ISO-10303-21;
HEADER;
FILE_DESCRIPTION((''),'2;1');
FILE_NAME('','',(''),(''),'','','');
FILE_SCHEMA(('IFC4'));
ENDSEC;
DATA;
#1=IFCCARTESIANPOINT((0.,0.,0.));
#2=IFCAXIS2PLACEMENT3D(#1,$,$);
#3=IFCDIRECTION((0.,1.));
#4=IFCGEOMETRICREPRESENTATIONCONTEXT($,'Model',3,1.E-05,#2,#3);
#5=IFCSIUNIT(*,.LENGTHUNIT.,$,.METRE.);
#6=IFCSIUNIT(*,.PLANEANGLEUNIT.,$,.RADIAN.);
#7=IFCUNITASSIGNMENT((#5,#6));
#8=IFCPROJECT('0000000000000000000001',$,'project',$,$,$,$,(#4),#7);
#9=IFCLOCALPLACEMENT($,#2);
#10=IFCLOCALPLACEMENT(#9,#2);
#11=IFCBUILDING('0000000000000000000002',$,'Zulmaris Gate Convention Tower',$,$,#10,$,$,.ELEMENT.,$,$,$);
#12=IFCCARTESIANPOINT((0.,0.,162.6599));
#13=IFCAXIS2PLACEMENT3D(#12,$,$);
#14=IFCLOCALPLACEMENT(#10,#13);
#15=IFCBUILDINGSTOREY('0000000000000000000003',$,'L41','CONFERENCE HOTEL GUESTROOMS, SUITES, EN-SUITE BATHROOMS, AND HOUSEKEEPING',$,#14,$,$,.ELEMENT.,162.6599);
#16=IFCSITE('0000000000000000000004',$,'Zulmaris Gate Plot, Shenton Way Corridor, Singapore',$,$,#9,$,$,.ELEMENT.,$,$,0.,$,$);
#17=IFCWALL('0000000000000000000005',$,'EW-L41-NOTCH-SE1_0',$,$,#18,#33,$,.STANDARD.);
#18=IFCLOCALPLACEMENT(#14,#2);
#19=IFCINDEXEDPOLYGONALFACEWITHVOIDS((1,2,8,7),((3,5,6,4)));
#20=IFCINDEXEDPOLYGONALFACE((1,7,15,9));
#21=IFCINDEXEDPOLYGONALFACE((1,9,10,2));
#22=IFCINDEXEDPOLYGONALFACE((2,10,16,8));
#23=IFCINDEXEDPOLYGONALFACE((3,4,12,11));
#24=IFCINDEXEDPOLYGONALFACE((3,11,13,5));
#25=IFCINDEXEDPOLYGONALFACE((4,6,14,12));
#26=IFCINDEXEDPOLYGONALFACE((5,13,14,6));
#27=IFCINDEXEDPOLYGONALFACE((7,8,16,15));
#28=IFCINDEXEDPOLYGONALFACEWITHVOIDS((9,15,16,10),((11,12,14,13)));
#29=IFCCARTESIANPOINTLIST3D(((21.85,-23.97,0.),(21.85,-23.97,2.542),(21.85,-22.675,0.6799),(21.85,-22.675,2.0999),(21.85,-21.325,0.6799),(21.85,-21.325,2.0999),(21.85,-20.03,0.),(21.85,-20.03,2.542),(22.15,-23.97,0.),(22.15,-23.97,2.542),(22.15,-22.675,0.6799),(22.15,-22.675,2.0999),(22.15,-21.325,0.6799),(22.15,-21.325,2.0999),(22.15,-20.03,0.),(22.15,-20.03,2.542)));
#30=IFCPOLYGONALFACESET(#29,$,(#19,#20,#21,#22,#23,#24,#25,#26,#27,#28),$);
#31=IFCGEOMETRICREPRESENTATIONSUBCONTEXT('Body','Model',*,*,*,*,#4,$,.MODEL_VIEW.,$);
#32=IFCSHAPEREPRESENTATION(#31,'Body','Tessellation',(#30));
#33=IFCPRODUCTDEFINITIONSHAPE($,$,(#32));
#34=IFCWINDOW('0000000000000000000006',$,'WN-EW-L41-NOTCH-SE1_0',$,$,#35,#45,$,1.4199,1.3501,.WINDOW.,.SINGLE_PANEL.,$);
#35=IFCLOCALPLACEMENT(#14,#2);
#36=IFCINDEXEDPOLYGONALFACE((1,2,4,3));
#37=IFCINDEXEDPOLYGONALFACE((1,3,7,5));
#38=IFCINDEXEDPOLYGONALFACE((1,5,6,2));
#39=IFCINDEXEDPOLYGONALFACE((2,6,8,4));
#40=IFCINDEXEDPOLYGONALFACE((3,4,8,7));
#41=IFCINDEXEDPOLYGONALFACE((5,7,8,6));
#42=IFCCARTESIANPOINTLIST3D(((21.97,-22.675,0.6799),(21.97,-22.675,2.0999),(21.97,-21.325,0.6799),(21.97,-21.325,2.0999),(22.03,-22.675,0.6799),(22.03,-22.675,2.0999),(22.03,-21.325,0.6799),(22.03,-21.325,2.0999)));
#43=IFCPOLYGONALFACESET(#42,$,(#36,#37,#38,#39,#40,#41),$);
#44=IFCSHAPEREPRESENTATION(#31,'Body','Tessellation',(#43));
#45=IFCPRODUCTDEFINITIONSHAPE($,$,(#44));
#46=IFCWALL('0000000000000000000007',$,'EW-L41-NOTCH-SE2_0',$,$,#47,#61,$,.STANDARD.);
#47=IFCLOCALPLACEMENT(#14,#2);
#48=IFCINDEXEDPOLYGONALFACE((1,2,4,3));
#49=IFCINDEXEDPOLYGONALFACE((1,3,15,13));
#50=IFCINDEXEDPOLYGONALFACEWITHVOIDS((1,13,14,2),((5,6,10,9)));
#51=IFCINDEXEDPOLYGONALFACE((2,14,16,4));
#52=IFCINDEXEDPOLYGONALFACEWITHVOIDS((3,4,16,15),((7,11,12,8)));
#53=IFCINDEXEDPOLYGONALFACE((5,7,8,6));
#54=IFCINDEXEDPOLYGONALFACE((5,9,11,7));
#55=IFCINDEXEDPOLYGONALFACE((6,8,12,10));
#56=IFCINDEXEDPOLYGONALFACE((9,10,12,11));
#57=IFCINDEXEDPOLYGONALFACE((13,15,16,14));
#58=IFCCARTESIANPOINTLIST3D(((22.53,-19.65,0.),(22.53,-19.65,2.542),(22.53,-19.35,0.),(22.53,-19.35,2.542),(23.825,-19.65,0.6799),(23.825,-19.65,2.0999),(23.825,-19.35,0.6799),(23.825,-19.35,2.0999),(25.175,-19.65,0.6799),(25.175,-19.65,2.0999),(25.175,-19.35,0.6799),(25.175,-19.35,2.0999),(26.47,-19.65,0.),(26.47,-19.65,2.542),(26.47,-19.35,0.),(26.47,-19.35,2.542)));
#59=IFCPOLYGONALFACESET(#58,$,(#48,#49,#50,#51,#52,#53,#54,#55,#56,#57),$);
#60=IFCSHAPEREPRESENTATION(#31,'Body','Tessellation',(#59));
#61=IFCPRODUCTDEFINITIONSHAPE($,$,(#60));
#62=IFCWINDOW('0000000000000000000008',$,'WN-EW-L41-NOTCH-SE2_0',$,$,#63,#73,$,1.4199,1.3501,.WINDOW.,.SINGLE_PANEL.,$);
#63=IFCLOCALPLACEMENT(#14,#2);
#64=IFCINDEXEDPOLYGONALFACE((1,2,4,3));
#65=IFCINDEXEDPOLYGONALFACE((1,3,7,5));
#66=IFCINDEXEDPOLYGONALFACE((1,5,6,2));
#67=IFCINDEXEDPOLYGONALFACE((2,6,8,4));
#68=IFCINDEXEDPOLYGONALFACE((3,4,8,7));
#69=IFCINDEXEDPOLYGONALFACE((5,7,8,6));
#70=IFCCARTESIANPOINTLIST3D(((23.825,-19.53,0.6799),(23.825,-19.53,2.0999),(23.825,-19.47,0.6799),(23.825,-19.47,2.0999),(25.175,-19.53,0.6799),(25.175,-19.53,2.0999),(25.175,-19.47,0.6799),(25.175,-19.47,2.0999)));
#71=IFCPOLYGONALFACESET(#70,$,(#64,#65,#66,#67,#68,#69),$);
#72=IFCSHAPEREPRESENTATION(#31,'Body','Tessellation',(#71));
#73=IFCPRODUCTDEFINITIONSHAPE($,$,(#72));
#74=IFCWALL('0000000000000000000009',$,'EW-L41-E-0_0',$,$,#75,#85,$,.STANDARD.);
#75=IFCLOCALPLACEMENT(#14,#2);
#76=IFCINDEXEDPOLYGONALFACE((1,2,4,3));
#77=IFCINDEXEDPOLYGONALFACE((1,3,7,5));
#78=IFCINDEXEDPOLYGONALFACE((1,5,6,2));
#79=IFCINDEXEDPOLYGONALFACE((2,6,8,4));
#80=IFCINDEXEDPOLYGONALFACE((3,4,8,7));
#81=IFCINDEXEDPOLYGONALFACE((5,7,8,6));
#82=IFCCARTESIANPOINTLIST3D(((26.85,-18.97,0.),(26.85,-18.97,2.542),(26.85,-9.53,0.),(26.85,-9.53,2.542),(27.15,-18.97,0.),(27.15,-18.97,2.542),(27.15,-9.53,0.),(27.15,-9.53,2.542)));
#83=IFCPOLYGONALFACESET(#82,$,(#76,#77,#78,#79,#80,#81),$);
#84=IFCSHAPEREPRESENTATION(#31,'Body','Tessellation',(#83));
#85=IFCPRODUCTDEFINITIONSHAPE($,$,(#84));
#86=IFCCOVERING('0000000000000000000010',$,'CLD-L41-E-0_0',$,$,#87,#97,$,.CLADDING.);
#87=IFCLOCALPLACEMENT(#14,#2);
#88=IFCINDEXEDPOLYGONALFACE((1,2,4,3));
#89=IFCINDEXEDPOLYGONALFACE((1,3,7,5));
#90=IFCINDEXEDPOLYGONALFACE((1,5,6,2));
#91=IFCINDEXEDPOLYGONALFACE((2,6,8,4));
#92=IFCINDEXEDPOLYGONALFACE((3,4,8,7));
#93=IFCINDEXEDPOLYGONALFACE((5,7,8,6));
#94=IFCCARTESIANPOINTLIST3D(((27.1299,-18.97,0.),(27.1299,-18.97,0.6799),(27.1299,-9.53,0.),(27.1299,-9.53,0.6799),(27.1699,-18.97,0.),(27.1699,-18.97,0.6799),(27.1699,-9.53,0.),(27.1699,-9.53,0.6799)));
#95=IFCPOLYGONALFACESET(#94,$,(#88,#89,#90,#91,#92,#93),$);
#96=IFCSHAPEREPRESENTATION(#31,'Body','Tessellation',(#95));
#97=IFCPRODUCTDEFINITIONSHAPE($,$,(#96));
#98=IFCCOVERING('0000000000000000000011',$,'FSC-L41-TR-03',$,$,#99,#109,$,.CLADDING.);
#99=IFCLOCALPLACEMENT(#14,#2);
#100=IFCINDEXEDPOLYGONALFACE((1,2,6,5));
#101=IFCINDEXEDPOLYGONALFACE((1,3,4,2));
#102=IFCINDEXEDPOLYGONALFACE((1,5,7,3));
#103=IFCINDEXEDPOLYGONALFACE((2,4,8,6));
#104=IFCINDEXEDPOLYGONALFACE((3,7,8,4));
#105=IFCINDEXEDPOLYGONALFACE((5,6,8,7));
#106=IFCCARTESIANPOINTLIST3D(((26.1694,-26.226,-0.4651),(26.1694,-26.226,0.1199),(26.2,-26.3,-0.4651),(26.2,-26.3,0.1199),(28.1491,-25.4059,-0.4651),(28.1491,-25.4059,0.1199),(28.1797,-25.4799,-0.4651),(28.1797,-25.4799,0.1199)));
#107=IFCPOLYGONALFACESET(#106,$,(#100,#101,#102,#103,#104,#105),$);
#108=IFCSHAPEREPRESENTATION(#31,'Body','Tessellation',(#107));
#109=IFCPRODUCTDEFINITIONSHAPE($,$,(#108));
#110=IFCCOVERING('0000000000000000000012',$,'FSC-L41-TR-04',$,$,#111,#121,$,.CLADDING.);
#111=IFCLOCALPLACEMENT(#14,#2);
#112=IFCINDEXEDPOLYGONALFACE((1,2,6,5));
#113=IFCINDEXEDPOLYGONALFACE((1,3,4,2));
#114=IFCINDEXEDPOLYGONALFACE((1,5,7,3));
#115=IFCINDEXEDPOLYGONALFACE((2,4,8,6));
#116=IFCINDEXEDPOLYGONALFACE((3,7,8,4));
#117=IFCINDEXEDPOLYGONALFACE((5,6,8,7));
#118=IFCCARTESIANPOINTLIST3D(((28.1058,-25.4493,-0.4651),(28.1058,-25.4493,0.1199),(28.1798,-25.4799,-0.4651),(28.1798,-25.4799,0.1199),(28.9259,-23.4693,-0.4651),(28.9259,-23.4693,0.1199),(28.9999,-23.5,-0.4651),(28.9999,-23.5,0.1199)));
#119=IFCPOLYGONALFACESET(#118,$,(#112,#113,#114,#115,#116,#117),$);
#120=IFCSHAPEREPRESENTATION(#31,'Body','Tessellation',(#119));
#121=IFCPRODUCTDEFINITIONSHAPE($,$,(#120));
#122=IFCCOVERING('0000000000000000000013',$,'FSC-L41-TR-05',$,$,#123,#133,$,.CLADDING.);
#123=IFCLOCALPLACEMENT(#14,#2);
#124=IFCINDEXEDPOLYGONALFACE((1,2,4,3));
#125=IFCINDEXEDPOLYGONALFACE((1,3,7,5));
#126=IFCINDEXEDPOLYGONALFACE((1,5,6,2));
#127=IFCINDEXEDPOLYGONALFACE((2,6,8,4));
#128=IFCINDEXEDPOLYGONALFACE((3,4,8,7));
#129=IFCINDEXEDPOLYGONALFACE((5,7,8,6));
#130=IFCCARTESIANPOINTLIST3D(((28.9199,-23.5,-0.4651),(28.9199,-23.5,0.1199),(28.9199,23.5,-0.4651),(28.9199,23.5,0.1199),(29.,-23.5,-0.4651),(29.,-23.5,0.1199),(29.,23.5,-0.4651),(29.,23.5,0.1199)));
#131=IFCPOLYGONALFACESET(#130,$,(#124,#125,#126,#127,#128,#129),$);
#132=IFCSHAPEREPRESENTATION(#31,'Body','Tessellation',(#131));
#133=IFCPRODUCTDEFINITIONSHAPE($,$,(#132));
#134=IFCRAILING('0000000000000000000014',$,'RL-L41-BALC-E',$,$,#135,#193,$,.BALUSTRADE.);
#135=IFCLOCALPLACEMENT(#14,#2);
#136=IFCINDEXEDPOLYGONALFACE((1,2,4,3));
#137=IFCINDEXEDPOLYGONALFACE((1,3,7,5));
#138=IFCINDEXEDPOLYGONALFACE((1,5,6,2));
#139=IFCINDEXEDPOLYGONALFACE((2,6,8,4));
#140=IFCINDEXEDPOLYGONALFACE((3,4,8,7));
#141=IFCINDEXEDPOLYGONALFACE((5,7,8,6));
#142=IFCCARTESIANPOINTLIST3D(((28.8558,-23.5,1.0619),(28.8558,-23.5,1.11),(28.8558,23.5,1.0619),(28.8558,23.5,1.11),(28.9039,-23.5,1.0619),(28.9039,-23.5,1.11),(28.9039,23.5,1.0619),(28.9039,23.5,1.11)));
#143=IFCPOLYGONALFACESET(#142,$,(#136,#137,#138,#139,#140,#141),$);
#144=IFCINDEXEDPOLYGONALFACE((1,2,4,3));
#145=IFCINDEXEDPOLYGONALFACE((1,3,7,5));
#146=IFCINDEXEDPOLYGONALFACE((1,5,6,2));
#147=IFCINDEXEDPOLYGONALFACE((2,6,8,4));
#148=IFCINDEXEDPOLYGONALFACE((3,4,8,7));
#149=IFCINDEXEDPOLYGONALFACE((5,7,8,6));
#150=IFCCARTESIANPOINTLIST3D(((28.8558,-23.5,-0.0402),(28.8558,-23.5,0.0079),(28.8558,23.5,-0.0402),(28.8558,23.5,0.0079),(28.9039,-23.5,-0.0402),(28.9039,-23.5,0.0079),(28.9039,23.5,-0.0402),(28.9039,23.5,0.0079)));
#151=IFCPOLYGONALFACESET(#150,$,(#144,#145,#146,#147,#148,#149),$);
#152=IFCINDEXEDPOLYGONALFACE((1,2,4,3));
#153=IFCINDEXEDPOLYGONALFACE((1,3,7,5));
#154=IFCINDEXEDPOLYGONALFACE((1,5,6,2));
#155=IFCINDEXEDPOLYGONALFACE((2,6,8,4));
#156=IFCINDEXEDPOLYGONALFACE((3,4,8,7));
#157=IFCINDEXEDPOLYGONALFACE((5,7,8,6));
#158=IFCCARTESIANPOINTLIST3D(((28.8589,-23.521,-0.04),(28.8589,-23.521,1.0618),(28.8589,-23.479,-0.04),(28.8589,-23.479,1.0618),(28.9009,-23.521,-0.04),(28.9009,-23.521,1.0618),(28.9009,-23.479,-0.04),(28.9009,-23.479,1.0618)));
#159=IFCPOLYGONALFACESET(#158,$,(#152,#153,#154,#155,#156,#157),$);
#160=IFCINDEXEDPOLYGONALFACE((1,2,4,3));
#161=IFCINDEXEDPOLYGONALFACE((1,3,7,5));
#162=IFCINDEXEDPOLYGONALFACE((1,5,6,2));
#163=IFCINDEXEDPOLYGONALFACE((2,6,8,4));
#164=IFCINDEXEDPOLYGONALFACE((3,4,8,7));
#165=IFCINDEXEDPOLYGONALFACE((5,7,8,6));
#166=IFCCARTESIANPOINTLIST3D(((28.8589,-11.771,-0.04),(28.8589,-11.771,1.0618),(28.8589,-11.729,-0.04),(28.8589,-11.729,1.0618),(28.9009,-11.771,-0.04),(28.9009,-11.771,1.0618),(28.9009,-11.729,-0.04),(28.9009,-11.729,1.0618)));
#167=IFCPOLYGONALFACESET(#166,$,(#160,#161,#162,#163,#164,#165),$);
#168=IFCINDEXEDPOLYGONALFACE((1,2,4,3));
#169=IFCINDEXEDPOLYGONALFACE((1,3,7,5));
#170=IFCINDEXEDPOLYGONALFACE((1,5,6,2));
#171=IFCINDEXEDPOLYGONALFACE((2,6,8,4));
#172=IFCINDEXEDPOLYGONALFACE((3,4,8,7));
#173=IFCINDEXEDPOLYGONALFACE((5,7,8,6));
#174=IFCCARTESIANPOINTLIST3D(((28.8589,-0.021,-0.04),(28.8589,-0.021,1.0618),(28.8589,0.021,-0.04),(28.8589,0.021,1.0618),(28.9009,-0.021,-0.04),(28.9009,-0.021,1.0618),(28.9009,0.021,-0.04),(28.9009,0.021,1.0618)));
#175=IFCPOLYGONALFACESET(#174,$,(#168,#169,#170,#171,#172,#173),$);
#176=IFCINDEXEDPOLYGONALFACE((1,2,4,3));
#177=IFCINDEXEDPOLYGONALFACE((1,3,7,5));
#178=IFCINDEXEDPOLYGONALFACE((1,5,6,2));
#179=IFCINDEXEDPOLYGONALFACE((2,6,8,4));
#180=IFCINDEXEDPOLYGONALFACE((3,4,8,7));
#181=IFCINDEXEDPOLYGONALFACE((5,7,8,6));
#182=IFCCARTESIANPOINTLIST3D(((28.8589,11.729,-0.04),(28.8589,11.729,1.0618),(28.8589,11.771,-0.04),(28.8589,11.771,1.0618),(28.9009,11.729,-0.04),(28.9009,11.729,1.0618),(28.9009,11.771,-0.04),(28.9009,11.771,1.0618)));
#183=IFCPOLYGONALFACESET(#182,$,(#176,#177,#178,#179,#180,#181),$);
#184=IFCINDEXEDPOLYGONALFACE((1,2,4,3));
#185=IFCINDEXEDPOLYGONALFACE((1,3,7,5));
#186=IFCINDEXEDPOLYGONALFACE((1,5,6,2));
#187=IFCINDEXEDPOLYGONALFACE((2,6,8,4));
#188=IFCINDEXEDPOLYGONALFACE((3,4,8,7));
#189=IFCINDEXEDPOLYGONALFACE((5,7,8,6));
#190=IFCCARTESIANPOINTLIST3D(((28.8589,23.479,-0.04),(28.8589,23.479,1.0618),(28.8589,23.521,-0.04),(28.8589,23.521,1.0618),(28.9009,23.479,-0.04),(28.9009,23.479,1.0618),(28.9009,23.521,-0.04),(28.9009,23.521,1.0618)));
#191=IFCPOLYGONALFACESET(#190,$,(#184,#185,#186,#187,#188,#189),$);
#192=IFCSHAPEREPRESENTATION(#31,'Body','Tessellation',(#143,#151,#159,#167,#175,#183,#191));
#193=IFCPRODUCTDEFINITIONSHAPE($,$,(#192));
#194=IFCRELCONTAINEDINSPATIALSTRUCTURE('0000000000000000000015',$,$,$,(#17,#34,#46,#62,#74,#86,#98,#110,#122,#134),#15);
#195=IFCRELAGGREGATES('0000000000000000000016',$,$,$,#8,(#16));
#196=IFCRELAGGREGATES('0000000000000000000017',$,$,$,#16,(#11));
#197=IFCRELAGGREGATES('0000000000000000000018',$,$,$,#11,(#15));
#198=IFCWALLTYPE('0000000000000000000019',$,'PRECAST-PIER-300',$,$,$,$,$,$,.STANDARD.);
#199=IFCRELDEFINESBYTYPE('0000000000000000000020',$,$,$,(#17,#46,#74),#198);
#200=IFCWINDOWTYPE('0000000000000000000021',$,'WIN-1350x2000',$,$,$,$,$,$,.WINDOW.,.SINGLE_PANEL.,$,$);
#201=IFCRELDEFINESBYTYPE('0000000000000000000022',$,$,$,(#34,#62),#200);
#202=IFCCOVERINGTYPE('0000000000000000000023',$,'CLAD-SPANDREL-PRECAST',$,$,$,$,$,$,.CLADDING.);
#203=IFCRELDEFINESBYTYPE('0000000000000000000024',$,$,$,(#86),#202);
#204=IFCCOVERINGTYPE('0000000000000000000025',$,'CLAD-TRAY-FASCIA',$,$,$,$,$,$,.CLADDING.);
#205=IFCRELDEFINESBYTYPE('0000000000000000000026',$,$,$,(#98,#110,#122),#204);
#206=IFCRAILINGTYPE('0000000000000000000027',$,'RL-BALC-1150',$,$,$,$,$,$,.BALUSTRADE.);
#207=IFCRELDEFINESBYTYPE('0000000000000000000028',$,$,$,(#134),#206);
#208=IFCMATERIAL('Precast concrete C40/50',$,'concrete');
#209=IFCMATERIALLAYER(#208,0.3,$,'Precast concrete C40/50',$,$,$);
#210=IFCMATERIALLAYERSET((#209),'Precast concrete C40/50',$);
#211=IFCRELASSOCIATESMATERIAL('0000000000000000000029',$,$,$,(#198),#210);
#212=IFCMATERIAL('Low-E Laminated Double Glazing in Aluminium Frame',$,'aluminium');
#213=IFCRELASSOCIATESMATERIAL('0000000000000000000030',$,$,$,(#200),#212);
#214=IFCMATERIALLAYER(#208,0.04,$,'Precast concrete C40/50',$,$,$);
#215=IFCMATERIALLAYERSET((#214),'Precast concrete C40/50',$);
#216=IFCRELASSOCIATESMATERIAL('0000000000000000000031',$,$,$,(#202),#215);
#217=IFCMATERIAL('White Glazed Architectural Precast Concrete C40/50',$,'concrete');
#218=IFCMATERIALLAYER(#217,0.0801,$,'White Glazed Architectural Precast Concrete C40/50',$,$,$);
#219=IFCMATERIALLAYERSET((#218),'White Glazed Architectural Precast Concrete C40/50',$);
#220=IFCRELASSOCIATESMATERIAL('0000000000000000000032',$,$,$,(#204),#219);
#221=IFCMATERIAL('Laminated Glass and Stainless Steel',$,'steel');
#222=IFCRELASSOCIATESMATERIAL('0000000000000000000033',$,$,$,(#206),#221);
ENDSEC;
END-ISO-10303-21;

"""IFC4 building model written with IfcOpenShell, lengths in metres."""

from ifc_helpers import new_model, si_unit, direction, frame, frame_2d, origin, origin_2d, place, context, subcontext, project, spatial, rectangle, extrude, material, layer, layer_set, type_object, element, fill, save


model = new_model("IFC4")

# Units and contexts
model_context = context("Model", 3, precision=1e-05, world=origin(), true_north=direction((0.0, 1.0)))
body_context = subcontext(model_context, "Body", "Model", "MODEL_VIEW")
ifc_project = project(units=[si_unit("LENGTHUNIT", "METRE"), si_unit("PLANEANGLEUNIT", "RADIAN")], contexts=[model_context])

# Site, building, storey
site_placement = place(None, origin())
site = spatial("IfcSite", under=ifc_project, at=site_placement, Name="Zulmaris Gate Plot, Shenton Way Corridor, Singapore", CompositionType="ELEMENT", RefElevation=0.0)
building_placement = place(site_placement, origin())
building = spatial("IfcBuilding", under=site, at=building_placement, Name="Zulmaris Gate Convention Tower", CompositionType="ELEMENT")
storey_placement = place(building_placement, frame((0.0, 0.0, 162.6599)))
storey = spatial("IfcBuildingStorey", under=building, at=storey_placement, Name="L41", Description="CONFERENCE HOTEL GUESTROOMS, SUITES, EN-SUITE BATHROOMS, AND HOUSEKEEPING", CompositionType="ELEMENT", Elevation=162.6599)

# Walls, openings, windows
ifc_material_1 = material(Name="Precast concrete C40/50", Category="concrete")
ifc_layer_1 = layer(ifc_material_1, 0.3, Name="Precast concrete C40/50")
ifc_layer_set_1 = layer_set([ifc_layer_1], Name="Precast concrete C40/50")
wall_type_1 = type_object("IfcWallType", Name="PRECAST-PIER-300", PredefinedType="STANDARD", material=ifc_layer_set_1)
wall_1_placement = place(storey_placement, frame((22.0, -23.97, 0.0), z_axis=(0.0, 0.0, 1.0), x_axis=(0.0, 1.0, 0.0)))
wall_1 = element("IfcWall", 1, at=wall_1_placement, inside=storey, type_object=wall_type_1, Name="EW-L41-NOTCH-SE1_0", PredefinedType="STANDARD", context=body_context, shape_type="SweptSolid", body=[
    extrude(rectangle(XDim=3.9399, YDim=0.3, at=frame_2d((1.97, 0.0))), origin(), (0.0, 0.0, 1.0), 2.542),
])
opening_1_placement = place(wall_1_placement, frame((1.2949, 0.0, 0.6799)))
opening_1 = element("IfcOpeningElement", 2, at=opening_1_placement, cuts=wall_1, PredefinedType="OPENING", context=body_context, shape_type="SweptSolid", body=[
    extrude(rectangle(XDim=1.3501, YDim=1.4199, at=frame_2d((0.675, 0.71))), frame((0.0, 0.1602, 0.0), z_axis=(0.0, -1.0, 0.0), x_axis=(1.0, 0.0, 0.0)), (0.0, 0.0, 1.0), 0.3201),
])
ifc_material_2 = material(Name="Low-E Laminated Double Glazing in Aluminium Frame", Category="aluminium")
window_type = type_object("IfcWindowType", Name="WIN-1350x2000", PartitioningType="SINGLE_PANEL", PredefinedType="WINDOW", material=ifc_material_2)
window_1_placement = place(opening_1_placement, origin())
window_1 = element("IfcWindow", 3, at=window_1_placement, inside=storey, type_object=window_type, Name="WN-EW-L41-NOTCH-SE1_0", OverallHeight=1.4199, OverallWidth=1.3501, PartitioningType="SINGLE_PANEL", PredefinedType="WINDOW", context=body_context, shape_type="SweptSolid", body=[
    extrude(rectangle(XDim=1.3501, YDim=1.4199, at=frame_2d((0.675, 0.71))), frame((0.0, 0.03, 0.0), z_axis=(0.0, -1.0, 0.0), x_axis=(1.0, 0.0, 0.0)), (0.0, 0.0, 1.0), 0.0601),
])
fill(opening_1, window_1)
wall_2_placement = place(storey_placement, frame((22.53, -19.5, 0.0), z_axis=(0.0, 0.0, 1.0), x_axis=(1.0, 0.0, 0.0)))
wall_2 = element("IfcWall", 4, at=wall_2_placement, inside=storey, type_object=wall_type_1, Name="EW-L41-NOTCH-SE2_0", PredefinedType="STANDARD", context=body_context, shape_type="SweptSolid", body=[
    extrude(rectangle(XDim=3.9399, YDim=0.3, at=frame_2d((1.97, 0.0))), origin(), (0.0, 0.0, 1.0), 2.542),
])
opening_2_placement = place(wall_2_placement, frame((1.2949, 0.0, 0.6799)))
opening_2 = element("IfcOpeningElement", 5, at=opening_2_placement, cuts=wall_2, PredefinedType="OPENING", context=body_context, shape_type="SweptSolid", body=[
    extrude(rectangle(XDim=1.3501, YDim=1.4199, at=frame_2d((0.675, 0.71))), frame((0.0, 0.1602, 0.0), z_axis=(0.0, -1.0, 0.0), x_axis=(1.0, 0.0, 0.0)), (0.0, 0.0, 1.0), 0.3201),
])
window_2_placement = place(opening_2_placement, origin())
window_2 = element("IfcWindow", 6, at=window_2_placement, inside=storey, type_object=window_type, Name="WN-EW-L41-NOTCH-SE2_0", OverallHeight=1.4199, OverallWidth=1.3501, PartitioningType="SINGLE_PANEL", PredefinedType="WINDOW", context=body_context, shape_type="SweptSolid", body=[
    extrude(rectangle(XDim=1.3501, YDim=1.4199, at=frame_2d((0.675, 0.71))), frame((0.0, 0.03, 0.0), z_axis=(0.0, -1.0, 0.0), x_axis=(1.0, 0.0, 0.0)), (0.0, 0.0, 1.0), 0.0601),
])
fill(opening_2, window_2)

# Wall
wall_3_placement = place(storey_placement, frame((27.0, -18.97, 0.0), z_axis=(0.0, 0.0, 1.0), x_axis=(0.0, 1.0, 0.0)))
element("IfcWall", 7, at=wall_3_placement, inside=storey, type_object=wall_type_1, Name="EW-L41-E-0_0", PredefinedType="STANDARD", context=body_context, shape_type="SweptSolid", body=[
    extrude(rectangle(XDim=9.4399, YDim=0.3, at=frame_2d((4.72, 0.0))), origin(), (0.0, 0.0, 1.0), 2.542),
])

# Coverings
ifc_layer_2 = layer(ifc_material_1, 0.04, Name="Precast concrete C40/50")
ifc_layer_set_2 = layer_set([ifc_layer_2], Name="Precast concrete C40/50")
covering_type_1 = type_object("IfcCoveringType", Name="CLAD-SPANDREL-PRECAST", PredefinedType="CLADDING", material=ifc_layer_set_2)
covering_1_placement = place(storey_placement, frame((27.1499, -18.97, 0.0), z_axis=(0.0, 0.0, 1.0), x_axis=(0.0, 1.0, 0.0)))
element("IfcCovering", 8, at=covering_1_placement, inside=storey, type_object=covering_type_1, Name="CLD-L41-E-0_0", PredefinedType="CLADDING", context=body_context, shape_type="SweptSolid", body=[
    extrude(rectangle(XDim=9.4399, YDim=0.04, at=frame_2d((4.72, 0.0))), origin(), (0.0, 0.0, 1.0), 0.6799),
])
ifc_material_3 = material(Name="White Glazed Architectural Precast Concrete C40/50", Category="concrete")
ifc_layer_3 = layer(ifc_material_3, 0.0801, Name="White Glazed Architectural Precast Concrete C40/50")
ifc_layer_set_3 = layer_set([ifc_layer_3], Name="White Glazed Architectural Precast Concrete C40/50")
covering_type_2 = type_object("IfcCoveringType", Name="CLAD-TRAY-FASCIA", PredefinedType="CLADDING", material=ifc_layer_set_3)
covering_2_placement = place(storey_placement, frame((26.1848, -26.2629, -0.4651), z_axis=(0.0, 0.0, 1.0), x_axis=(0.923874, 0.382697, 0.0)))
element("IfcCovering", 9, at=covering_2_placement, inside=storey, type_object=covering_type_2, Name="FSC-L41-TR-03", PredefinedType="CLADDING", context=body_context, shape_type="SweptSolid", body=[
    extrude(rectangle(XDim=2.1428, YDim=0.0801, at=frame_2d((1.0713, 0.0))), origin(), (0.0, 0.0, 1.0), 0.585),
])
covering_3_placement = place(storey_placement, frame((28.1428, -25.4646, -0.4651), z_axis=(0.0, 0.0, 1.0), x_axis=(0.382657, 0.92389, 0.0)))
element("IfcCovering", 10, at=covering_3_placement, inside=storey, type_object=covering_type_2, Name="FSC-L41-TR-04", PredefinedType="CLADDING", context=body_context, shape_type="SweptSolid", body=[
    extrude(rectangle(XDim=2.1431, YDim=0.0801, at=frame_2d((1.0715, 0.0))), origin(), (0.0, 0.0, 1.0), 0.585),
])
covering_4_placement = place(storey_placement, frame((28.96, -23.5, -0.4651), z_axis=(0.0, 0.0, 1.0), x_axis=(0.0, 1.0, 0.0)))
element("IfcCovering", 11, at=covering_4_placement, inside=storey, type_object=covering_type_2, Name="FSC-L41-TR-05", PredefinedType="CLADDING", context=body_context, shape_type="SweptSolid", body=[
    extrude(rectangle(XDim=47.0, YDim=0.0801, at=frame_2d((23.5, 0.0))), origin(), (0.0, 0.0, 1.0), 0.585),
])

# Railing
ifc_material_4 = material(Name="Laminated Glass and Stainless Steel", Category="steel")
railing_type = type_object("IfcRailingType", Name="RL-BALC-1150", PredefinedType="BALUSTRADE", material=ifc_material_4)
railing_placement = place(storey_placement, frame((28.8799, -23.5, -0.04)))
element("IfcRailing", 12, at=railing_placement, inside=storey, type_object=railing_type, Name="RL-L41-BALC-E", PredefinedType="BALUSTRADE", context=body_context, shape_type="SweptSolid", body=[
    extrude(rectangle(XDim=0.0481, YDim=0.0481, at=origin_2d()), frame((0.0, 0.0, 1.126), z_axis=(0.0, 1.0, 0.0), x_axis=(-1.0, 0.0, 0.0)), (0.0, 0.0, 1.0), 47.0),
    extrude(rectangle(XDim=0.0481, YDim=0.0481, at=origin_2d()), frame((0.0, 0.0, 0.0239), z_axis=(0.0, 1.0, 0.0), x_axis=(-1.0, 0.0, 0.0)), (0.0, 0.0, 1.0), 47.0),
    extrude(rectangle(XDim=0.042, YDim=0.042, at=origin_2d()), origin(), (0.0, 0.0, 1.0), 1.1018),
    extrude(rectangle(XDim=0.042, YDim=0.042, at=origin_2d()), frame((0.0, 11.75, 0.0)), (0.0, 0.0, 1.0), 1.1018),
    extrude(rectangle(XDim=0.042, YDim=0.042, at=origin_2d()), frame((0.0, 23.5, 0.0)), (0.0, 0.0, 1.0), 1.1018),
    extrude(rectangle(XDim=0.042, YDim=0.042, at=origin_2d()), frame((0.0, 35.25, 0.0)), (0.0, 0.0, 1.0), 1.1018),
    extrude(rectangle(XDim=0.042, YDim=0.042, at=origin_2d()), frame((0.0, 47.0, 0.0)), (0.0, 0.0, 1.0), 1.1018),
])

save(model, "model.ifc")
